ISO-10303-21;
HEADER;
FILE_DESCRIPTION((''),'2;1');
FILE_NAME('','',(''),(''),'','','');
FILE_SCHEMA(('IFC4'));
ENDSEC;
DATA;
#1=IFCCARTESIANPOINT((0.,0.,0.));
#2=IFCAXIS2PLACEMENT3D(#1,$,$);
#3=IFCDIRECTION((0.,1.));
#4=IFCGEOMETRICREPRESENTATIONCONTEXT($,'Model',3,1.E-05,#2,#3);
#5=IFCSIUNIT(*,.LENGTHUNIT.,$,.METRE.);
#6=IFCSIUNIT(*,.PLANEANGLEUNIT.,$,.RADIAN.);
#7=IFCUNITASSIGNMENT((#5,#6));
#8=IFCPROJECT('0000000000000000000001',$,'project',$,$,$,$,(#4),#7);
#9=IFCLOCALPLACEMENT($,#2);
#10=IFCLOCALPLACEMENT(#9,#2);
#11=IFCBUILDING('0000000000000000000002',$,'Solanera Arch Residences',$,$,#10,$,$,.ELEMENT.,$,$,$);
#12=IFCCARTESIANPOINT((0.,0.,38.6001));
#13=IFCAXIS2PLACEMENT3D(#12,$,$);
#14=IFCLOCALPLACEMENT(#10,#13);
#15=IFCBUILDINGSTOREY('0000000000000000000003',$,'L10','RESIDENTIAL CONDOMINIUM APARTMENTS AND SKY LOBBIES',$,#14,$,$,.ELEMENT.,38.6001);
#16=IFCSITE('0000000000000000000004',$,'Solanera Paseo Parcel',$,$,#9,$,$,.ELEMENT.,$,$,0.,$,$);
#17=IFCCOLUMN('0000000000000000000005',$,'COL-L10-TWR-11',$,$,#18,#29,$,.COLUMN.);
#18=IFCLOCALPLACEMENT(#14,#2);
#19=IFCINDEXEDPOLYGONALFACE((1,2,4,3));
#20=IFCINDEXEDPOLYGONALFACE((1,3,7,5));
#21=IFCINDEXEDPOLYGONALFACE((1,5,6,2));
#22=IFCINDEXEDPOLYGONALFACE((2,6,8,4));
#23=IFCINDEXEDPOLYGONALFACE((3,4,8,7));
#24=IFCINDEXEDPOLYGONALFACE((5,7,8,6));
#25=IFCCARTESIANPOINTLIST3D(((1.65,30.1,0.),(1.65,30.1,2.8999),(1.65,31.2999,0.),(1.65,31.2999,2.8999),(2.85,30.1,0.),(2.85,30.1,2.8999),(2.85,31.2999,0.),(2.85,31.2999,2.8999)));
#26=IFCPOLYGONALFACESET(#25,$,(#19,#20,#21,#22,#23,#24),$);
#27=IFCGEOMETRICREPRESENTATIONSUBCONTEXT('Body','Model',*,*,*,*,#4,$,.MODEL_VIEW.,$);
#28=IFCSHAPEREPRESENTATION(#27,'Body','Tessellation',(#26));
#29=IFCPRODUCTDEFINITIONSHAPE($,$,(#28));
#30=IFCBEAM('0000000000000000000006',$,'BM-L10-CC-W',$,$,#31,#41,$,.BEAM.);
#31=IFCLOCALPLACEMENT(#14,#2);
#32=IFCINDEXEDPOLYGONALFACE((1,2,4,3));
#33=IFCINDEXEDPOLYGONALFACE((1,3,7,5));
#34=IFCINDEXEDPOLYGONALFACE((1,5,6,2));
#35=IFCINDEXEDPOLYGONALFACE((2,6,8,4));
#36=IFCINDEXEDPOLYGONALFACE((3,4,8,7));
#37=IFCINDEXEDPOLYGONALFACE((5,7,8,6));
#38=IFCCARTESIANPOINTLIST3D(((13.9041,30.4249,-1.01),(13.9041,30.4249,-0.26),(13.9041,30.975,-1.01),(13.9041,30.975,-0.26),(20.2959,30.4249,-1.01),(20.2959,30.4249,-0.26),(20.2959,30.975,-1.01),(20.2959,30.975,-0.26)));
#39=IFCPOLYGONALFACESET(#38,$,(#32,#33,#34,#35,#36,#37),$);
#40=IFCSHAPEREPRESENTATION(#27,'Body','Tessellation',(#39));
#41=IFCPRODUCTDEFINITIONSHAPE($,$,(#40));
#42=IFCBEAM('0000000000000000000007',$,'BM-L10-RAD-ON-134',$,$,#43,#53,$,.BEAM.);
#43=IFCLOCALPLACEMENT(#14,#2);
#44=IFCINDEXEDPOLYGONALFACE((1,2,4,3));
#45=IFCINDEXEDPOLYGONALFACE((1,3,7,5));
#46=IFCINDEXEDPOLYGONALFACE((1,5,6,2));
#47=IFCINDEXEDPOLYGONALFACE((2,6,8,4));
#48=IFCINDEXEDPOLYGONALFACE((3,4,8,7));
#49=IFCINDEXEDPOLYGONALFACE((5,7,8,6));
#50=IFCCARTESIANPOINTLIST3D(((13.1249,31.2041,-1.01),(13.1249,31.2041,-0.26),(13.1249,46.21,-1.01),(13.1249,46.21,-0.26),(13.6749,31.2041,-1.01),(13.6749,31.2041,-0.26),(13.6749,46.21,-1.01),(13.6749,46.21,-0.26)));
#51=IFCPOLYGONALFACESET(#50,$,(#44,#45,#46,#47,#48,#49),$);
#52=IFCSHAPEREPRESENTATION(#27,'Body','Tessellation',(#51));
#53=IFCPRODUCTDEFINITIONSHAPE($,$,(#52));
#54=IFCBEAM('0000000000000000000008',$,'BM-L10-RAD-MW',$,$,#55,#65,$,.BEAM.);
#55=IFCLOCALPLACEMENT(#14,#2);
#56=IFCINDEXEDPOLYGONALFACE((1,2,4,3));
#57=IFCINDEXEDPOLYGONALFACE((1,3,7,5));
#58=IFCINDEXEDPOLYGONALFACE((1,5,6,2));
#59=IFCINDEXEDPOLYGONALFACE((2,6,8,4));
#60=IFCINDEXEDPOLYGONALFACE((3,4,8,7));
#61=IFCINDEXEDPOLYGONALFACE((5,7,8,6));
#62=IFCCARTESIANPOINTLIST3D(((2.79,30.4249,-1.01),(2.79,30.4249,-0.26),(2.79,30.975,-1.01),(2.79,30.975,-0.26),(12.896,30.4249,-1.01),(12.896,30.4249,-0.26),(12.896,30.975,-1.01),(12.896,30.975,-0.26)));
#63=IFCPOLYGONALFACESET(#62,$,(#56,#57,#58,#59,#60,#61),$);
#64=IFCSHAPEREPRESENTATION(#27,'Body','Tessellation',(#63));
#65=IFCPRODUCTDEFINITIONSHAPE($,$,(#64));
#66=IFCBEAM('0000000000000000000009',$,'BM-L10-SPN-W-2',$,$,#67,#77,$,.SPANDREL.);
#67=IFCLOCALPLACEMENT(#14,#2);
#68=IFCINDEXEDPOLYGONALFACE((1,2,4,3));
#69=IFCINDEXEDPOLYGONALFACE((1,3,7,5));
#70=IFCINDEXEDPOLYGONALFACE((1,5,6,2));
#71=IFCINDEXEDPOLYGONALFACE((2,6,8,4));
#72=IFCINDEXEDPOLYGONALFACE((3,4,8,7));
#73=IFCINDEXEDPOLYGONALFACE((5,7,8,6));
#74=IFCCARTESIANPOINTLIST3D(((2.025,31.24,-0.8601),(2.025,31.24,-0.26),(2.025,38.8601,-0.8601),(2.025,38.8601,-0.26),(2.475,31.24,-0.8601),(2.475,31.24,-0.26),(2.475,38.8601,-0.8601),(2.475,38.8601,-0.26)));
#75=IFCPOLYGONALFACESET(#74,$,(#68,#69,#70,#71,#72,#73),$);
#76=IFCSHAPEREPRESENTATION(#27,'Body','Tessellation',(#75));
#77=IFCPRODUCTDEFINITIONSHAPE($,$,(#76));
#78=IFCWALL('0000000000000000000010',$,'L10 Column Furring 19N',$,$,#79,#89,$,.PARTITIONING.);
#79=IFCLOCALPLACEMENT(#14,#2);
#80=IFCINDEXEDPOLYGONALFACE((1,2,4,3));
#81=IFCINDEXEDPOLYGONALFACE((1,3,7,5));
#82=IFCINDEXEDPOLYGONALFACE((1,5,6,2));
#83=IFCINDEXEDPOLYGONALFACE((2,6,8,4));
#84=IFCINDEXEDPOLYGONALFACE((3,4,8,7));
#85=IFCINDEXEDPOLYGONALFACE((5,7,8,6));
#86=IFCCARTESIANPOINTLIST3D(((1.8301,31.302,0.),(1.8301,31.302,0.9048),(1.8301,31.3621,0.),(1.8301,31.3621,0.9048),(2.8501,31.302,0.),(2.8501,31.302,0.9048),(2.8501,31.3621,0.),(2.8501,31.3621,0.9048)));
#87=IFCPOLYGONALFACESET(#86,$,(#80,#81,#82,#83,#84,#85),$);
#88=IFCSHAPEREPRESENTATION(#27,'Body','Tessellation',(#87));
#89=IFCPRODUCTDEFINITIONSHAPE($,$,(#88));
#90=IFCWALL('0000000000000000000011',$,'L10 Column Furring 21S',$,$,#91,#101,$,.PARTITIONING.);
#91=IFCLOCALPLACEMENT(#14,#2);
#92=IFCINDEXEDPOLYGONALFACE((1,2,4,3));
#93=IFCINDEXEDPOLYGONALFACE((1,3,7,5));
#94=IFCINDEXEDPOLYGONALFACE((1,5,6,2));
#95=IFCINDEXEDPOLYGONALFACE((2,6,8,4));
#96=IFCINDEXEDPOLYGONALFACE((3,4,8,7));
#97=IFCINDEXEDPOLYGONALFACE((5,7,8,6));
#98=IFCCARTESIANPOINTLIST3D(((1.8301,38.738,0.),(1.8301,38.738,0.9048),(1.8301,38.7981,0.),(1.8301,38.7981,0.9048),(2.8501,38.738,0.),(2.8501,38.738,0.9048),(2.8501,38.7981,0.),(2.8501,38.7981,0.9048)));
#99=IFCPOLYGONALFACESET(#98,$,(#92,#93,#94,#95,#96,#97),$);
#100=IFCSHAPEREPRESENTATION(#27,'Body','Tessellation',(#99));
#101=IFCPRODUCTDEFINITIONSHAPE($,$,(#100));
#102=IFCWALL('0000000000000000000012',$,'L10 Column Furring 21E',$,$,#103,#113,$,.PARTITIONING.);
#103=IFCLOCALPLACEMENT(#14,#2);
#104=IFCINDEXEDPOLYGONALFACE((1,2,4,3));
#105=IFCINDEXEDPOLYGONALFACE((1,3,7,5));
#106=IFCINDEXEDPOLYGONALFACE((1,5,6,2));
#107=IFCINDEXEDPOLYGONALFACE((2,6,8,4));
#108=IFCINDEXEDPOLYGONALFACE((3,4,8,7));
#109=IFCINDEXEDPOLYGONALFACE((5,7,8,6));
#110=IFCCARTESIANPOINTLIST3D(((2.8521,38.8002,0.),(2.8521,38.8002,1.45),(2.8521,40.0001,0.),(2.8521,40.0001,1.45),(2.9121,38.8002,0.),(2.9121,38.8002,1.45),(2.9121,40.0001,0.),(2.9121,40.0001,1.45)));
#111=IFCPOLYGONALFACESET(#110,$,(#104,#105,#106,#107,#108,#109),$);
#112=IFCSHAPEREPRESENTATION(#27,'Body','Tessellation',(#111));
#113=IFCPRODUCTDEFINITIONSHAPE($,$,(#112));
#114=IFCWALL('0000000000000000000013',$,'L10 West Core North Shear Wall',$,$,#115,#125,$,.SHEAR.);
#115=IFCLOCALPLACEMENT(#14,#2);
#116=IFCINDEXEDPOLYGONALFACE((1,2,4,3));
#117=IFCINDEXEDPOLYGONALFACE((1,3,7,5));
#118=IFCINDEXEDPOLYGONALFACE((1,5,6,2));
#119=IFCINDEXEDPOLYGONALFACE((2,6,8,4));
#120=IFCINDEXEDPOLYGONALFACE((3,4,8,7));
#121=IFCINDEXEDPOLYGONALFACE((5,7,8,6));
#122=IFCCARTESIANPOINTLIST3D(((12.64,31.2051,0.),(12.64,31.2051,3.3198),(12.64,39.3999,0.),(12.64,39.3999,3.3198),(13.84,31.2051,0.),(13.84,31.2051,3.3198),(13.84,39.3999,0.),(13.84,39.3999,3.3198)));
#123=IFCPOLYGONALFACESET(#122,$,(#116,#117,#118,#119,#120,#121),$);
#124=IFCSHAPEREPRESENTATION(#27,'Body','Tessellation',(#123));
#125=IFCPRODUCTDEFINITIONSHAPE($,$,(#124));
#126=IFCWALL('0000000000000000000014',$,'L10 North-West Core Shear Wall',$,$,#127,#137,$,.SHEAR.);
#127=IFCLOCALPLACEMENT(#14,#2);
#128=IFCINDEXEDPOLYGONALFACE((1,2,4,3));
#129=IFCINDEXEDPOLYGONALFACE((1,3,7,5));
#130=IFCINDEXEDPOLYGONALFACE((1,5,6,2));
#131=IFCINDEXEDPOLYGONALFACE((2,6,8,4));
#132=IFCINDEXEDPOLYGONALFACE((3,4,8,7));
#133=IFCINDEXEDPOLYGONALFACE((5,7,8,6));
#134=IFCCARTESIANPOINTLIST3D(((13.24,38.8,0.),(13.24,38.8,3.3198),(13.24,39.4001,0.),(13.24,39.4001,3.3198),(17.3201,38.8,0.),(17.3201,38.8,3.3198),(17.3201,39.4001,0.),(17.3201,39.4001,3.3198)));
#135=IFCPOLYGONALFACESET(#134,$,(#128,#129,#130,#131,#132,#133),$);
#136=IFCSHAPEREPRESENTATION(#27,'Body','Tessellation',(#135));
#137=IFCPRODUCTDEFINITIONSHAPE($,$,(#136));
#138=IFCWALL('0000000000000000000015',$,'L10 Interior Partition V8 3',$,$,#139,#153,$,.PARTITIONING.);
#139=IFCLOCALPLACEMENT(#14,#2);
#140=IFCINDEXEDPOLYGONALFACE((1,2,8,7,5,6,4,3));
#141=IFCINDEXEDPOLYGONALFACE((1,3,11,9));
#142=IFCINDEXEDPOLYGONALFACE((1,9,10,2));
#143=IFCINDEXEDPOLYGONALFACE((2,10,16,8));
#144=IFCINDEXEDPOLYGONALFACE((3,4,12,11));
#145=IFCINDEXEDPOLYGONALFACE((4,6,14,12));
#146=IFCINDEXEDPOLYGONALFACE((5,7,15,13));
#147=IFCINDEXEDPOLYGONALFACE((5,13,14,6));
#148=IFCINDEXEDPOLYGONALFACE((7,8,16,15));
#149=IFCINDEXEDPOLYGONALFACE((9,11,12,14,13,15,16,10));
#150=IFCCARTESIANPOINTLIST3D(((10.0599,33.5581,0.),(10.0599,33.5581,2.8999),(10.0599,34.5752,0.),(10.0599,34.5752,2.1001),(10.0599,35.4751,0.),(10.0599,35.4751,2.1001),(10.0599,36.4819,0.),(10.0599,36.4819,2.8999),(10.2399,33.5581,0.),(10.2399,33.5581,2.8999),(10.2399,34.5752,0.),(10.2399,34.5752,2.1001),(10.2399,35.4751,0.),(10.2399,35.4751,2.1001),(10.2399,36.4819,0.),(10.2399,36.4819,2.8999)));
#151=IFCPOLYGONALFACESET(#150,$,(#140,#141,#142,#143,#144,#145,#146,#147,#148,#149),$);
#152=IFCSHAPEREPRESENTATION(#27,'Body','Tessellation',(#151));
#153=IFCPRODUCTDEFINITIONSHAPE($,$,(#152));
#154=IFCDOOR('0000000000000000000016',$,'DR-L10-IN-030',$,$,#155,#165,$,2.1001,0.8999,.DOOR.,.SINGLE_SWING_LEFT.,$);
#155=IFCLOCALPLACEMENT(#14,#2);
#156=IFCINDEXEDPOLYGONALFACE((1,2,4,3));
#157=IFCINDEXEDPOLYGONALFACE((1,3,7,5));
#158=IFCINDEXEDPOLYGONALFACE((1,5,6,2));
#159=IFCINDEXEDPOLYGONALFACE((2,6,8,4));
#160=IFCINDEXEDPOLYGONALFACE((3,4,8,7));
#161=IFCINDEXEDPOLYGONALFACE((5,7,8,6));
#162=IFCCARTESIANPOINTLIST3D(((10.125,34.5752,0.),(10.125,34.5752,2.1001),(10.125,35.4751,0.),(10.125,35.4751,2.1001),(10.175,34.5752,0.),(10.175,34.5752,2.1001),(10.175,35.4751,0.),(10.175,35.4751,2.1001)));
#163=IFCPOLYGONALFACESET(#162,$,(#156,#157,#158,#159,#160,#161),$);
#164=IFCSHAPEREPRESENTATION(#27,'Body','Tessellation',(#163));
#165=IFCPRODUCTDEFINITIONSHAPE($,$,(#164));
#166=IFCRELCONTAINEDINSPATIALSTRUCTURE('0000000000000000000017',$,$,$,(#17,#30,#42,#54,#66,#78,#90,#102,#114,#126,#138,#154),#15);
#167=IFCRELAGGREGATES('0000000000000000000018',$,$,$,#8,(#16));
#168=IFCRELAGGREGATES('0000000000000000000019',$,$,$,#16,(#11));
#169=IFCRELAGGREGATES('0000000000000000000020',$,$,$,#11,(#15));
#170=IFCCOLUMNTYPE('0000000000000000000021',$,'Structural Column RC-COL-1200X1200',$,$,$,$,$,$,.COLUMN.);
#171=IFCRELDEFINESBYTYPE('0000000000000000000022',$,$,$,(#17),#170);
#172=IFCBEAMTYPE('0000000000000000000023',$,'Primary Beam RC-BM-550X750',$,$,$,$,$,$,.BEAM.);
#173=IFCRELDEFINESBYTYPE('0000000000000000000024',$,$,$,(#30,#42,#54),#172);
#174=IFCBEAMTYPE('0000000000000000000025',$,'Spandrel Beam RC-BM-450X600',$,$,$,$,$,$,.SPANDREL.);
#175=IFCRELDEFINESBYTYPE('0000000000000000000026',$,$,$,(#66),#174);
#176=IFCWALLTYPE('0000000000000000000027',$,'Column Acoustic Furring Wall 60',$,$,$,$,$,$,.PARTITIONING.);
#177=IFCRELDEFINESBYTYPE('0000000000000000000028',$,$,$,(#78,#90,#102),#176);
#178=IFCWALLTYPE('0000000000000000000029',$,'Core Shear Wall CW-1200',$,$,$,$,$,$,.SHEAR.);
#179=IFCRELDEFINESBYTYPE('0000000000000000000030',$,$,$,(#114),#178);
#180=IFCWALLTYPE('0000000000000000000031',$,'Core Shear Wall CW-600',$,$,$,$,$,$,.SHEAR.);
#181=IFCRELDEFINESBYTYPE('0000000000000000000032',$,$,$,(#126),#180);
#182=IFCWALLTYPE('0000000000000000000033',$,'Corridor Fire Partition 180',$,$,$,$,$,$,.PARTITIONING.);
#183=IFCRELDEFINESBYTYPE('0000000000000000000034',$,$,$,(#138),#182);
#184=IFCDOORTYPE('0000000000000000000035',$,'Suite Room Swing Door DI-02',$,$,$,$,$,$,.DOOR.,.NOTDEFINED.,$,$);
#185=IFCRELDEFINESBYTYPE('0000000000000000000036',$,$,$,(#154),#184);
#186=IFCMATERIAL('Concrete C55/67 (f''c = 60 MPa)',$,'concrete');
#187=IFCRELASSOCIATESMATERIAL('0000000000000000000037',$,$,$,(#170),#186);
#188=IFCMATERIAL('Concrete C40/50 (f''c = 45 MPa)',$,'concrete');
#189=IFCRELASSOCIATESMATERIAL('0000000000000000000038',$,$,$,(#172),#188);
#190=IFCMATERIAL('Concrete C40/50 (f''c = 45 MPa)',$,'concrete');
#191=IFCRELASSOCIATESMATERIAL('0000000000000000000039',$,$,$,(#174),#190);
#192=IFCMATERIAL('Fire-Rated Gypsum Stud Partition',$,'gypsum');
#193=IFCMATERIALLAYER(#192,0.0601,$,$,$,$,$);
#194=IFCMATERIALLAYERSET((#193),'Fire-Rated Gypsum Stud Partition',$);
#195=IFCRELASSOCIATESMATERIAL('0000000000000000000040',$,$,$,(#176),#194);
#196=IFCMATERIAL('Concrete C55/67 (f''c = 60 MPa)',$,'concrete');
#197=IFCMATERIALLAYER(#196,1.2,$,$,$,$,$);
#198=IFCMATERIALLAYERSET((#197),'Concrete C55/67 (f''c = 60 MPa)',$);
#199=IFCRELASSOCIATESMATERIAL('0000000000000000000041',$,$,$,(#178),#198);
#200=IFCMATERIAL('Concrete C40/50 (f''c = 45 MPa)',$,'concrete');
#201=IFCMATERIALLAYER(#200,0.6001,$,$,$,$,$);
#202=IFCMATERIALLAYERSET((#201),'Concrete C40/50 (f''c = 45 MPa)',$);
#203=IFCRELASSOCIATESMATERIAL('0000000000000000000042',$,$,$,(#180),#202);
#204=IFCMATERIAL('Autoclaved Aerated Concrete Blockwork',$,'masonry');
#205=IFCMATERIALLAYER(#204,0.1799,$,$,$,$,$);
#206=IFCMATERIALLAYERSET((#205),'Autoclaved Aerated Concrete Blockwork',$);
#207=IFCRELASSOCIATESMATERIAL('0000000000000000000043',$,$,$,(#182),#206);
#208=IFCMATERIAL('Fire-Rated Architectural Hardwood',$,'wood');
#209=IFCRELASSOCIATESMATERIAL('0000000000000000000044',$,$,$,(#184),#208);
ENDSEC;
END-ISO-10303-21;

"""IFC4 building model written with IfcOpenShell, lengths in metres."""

from ifc_helpers import new_model, si_unit, direction, frame, frame_2d, origin, origin_2d, place, context, subcontext, project, spatial, rectangle, extrude, material, layer, layer_set, material_profile, profile_set, type_object, element, fill, save


model = new_model("IFC4")

# Units and contexts
model_context = context("Model", 3, precision=1e-05, world=origin(), true_north=direction((0.0, 1.0)))
body_context = subcontext(model_context, "Body", "Model", "MODEL_VIEW")
ifc_project = project(units=[si_unit("LENGTHUNIT", "METRE"), si_unit("PLANEANGLEUNIT", "RADIAN")], contexts=[model_context])

# Site, building, storey
site_placement = place(None, origin())
site = spatial("IfcSite", under=ifc_project, at=site_placement, Name="Solanera Paseo Parcel", CompositionType="ELEMENT", RefElevation=0.0)
building_placement = place(site_placement, origin())
building = spatial("IfcBuilding", under=site, at=building_placement, Name="Solanera Arch Residences", CompositionType="ELEMENT")
storey_placement = place(building_placement, frame((0.0, 0.0, 38.6001)))
storey = spatial("IfcBuildingStorey", under=building, at=storey_placement, Name="L10", Description="RESIDENTIAL CONDOMINIUM APARTMENTS AND SKY LOBBIES", CompositionType="ELEMENT", Elevation=38.6001)

# Column
ifc_material_1 = material(Name="Concrete C55/67 (f'c = 60 MPa)", Category="concrete")
ifc_material_profile_1 = material_profile(ifc_material_1, rectangle(XDim=1.2, YDim=1.2, at=origin_2d()))
ifc_profile_set_1 = profile_set([ifc_material_profile_1], Name="Concrete C55/67 (f'c = 60 MPa)")
column_type = type_object("IfcColumnType", Name="Structural Column RC-COL-1200X1200", PredefinedType="COLUMN", material=ifc_profile_set_1)
column_placement = place(storey_placement, frame((2.25, 30.7, 0.0), z_axis=(0.0, 0.0, 1.0), x_axis=(1.0, 0.0, 0.0)))
element("IfcColumn", 1, at=column_placement, inside=storey, type_object=column_type, Name="COL-L10-TWR-11", PredefinedType="COLUMN", context=body_context, shape_type="SweptSolid", body=[
    extrude(rectangle(XDim=1.2, YDim=1.2, at=origin_2d()), origin(), (0.0, 0.0, 1.0), 2.8999),
])

# Beams
ifc_material_2 = material(Name="Concrete C40/50 (f'c = 45 MPa)", Category="concrete")
ifc_material_profile_2 = material_profile(ifc_material_2, rectangle(XDim=0.55, YDim=0.75, at=origin_2d()))
ifc_profile_set_2 = profile_set([ifc_material_profile_2], Name="Concrete C40/50 (f'c = 45 MPa)")
beam_type_1 = type_object("IfcBeamType", Name="Primary Beam RC-BM-550X750", PredefinedType="BEAM", material=ifc_profile_set_2)
beam_1_placement = place(storey_placement, frame((13.9041, 30.7, -0.635), z_axis=(1.0, 0.0, 0.0), x_axis=(0.0, 1.0, 0.0)))
element("IfcBeam", 2, at=beam_1_placement, inside=storey, type_object=beam_type_1, Name="BM-L10-CC-W", PredefinedType="BEAM", context=body_context, shape_type="SweptSolid", body=[
    extrude(rectangle(XDim=0.55, YDim=0.75, at=origin_2d()), origin(), (0.0, 0.0, 1.0), 6.3918),
])
beam_2_placement = place(storey_placement, frame((13.3999, 31.2041, -0.635), z_axis=(0.0, 1.0, 0.0), x_axis=(-1.0, 0.0, 0.0)))
element("IfcBeam", 3, at=beam_2_placement, inside=storey, type_object=beam_type_1, Name="BM-L10-RAD-ON-134", PredefinedType="BEAM", context=body_context, shape_type="SweptSolid", body=[
    extrude(rectangle(XDim=0.55, YDim=0.75, at=origin_2d()), origin(), (0.0, 0.0, 1.0), 15.0059),
])
beam_3_placement = place(storey_placement, frame((2.79, 30.7, -0.635), z_axis=(1.0, 0.0, 0.0), x_axis=(0.0, 1.0, 0.0)))
element("IfcBeam", 4, at=beam_3_placement, inside=storey, type_object=beam_type_1, Name="BM-L10-RAD-MW", PredefinedType="BEAM", context=body_context, shape_type="SweptSolid", body=[
    extrude(rectangle(XDim=0.55, YDim=0.75, at=origin_2d()), origin(), (0.0, 0.0, 1.0), 10.106),
])
ifc_material_3 = material(Name="Concrete C40/50 (f'c = 45 MPa)", Category="concrete")
ifc_material_profile_3 = material_profile(ifc_material_3, rectangle(XDim=0.45, YDim=0.6001, at=origin_2d()))
ifc_profile_set_3 = profile_set([ifc_material_profile_3], Name="Concrete C40/50 (f'c = 45 MPa)")
beam_type_2 = type_object("IfcBeamType", Name="Spandrel Beam RC-BM-450X600", PredefinedType="SPANDREL", material=ifc_profile_set_3)
beam_4_placement = place(storey_placement, frame((2.25, 31.24, -0.5601), z_axis=(0.0, 1.0, 0.0), x_axis=(-1.0, 0.0, 0.0)))
element("IfcBeam", 5, at=beam_4_placement, inside=storey, type_object=beam_type_2, Name="BM-L10-SPN-W-2", PredefinedType="SPANDREL", context=body_context, shape_type="SweptSolid", body=[
    extrude(rectangle(XDim=0.45, YDim=0.6001, at=origin_2d()), origin(), (0.0, 0.0, 1.0), 7.6201),
])

# Walls
ifc_material_4 = material(Name="Fire-Rated Gypsum Stud Partition", Category="gypsum")
ifc_layer_1 = layer(ifc_material_4, 0.0601)
ifc_layer_set_1 = layer_set([ifc_layer_1], Name="Fire-Rated Gypsum Stud Partition")
wall_type_1 = type_object("IfcWallType", Name="Column Acoustic Furring Wall 60", PredefinedType="PARTITIONING", material=ifc_layer_set_1)
for number, where, z_axis, x_axis, name in (
    (6, (1.8301, 31.332, 0.0), (0.0, 0.0, 1.0), (1.0, 0.0, 0.0), "L10 Column Furring 19N"),
    (7, (1.8301, 38.7681, 0.0), (0.0, 0.0, 1.0), (1.0, 0.0, 0.0), "L10 Column Furring 21S"),
):
    element("IfcWall", number, at=place(storey_placement, frame(where, z_axis=z_axis, x_axis=x_axis)), inside=storey, type_object=wall_type_1, Name=name, PredefinedType="PARTITIONING", context=body_context, shape_type="SweptSolid", body=[
        extrude(rectangle(XDim=1.02, YDim=0.0601, at=frame_2d((0.51, 0.0))), origin(), (0.0, 0.0, 1.0), 0.9048),
    ])
wall_1_placement = place(storey_placement, frame((2.8821, 38.8, 0.0), z_axis=(0.0, 0.0, 1.0), x_axis=(0.0, 1.0, 0.0)))
element("IfcWall", 8, at=wall_1_placement, inside=storey, type_object=wall_type_1, Name="L10 Column Furring 21E", PredefinedType="PARTITIONING", context=body_context, shape_type="SweptSolid", body=[
    extrude(rectangle(XDim=1.2, YDim=0.0601, at=frame_2d((0.6001, 0.0))), origin(), (0.0, 0.0, 1.0), 1.45),
])
ifc_material_5 = material(Name="Concrete C55/67 (f'c = 60 MPa)", Category="concrete")
ifc_layer_2 = layer(ifc_material_5, 1.2)
ifc_layer_set_2 = layer_set([ifc_layer_2], Name="Concrete C55/67 (f'c = 60 MPa)")
wall_type_2 = type_object("IfcWallType", Name="Core Shear Wall CW-1200", PredefinedType="SHEAR", material=ifc_layer_set_2)
wall_2_placement = place(storey_placement, frame((13.24, 31.2051, 0.0), z_axis=(0.0, 0.0, 1.0), x_axis=(0.0, 1.0, 0.0)))
element("IfcWall", 9, at=wall_2_placement, inside=storey, type_object=wall_type_2, Name="L10 West Core North Shear Wall", PredefinedType="SHEAR", context=body_context, shape_type="SweptSolid", body=[
    extrude(rectangle(XDim=8.1948, YDim=1.2, at=frame_2d((4.0974, 0.0))), origin(), (0.0, 0.0, 1.0), 3.3198),
])
ifc_material_6 = material(Name="Concrete C40/50 (f'c = 45 MPa)", Category="concrete")
ifc_layer_3 = layer(ifc_material_6, 0.6001)
ifc_layer_set_3 = layer_set([ifc_layer_3], Name="Concrete C40/50 (f'c = 45 MPa)")
wall_type_3 = type_object("IfcWallType", Name="Core Shear Wall CW-600", PredefinedType="SHEAR", material=ifc_layer_set_3)
wall_3_placement = place(storey_placement, frame((13.24, 39.1001, 0.0), z_axis=(0.0, 0.0, 1.0), x_axis=(1.0, 0.0, 0.0)))
element("IfcWall", 10, at=wall_3_placement, inside=storey, type_object=wall_type_3, Name="L10 North-West Core Shear Wall", PredefinedType="SHEAR", context=body_context, shape_type="SweptSolid", body=[
    extrude(rectangle(XDim=4.0801, YDim=0.6001, at=frame_2d((2.04, 0.0))), origin(), (0.0, 0.0, 1.0), 3.3198),
])

# Wall, opening, door
ifc_material_7 = material(Name="Autoclaved Aerated Concrete Blockwork", Category="masonry")
ifc_layer_4 = layer(ifc_material_7, 0.1799)
ifc_layer_set_4 = layer_set([ifc_layer_4], Name="Autoclaved Aerated Concrete Blockwork")
wall_type_4 = type_object("IfcWallType", Name="Corridor Fire Partition 180", PredefinedType="PARTITIONING", material=ifc_layer_set_4)
wall_4_placement = place(storey_placement, frame((10.1499, 33.5581, 0.0), z_axis=(0.0, 0.0, 1.0), x_axis=(0.0, 1.0, 0.0)))
wall_4 = element("IfcWall", 11, at=wall_4_placement, inside=storey, type_object=wall_type_4, Name="L10 Interior Partition V8 3", PredefinedType="PARTITIONING", context=body_context, shape_type="SweptSolid", body=[
    extrude(rectangle(XDim=2.9238, YDim=0.1799, at=frame_2d((1.4619, 0.0))), origin(), (0.0, 0.0, 1.0), 2.8999),
])
opening_1_placement = place(wall_4_placement, frame((1.0171, 0.0, 0.0)))
opening_1 = element("IfcOpeningElement", 12, at=opening_1_placement, cuts=wall_4, PredefinedType="OPENING", context=body_context, shape_type="SweptSolid", body=[
    extrude(rectangle(XDim=0.8999, YDim=2.1001, at=frame_2d((0.45, 1.05))), frame((0.0, 0.1001, 0.0), z_axis=(0.0, -1.0, 0.0), x_axis=(1.0, 0.0, 0.0)), (0.0, 0.0, 1.0), 0.1999),
])
ifc_material_8 = material(Name="Fire-Rated Architectural Hardwood", Category="wood")
door_type_1 = type_object("IfcDoorType", Name="Suite Room Swing Door DI-02", OperationType="NOTDEFINED", PredefinedType="DOOR", material=ifc_material_8)
door_1_placement = place(opening_1_placement, origin())
door_1 = element("IfcDoor", 13, at=door_1_placement, inside=storey, type_object=door_type_1, Name="DR-L10-IN-030", OperationType="SINGLE_SWING_LEFT", OverallHeight=2.1001, OverallWidth=0.8999, PredefinedType="DOOR", context=body_context, shape_type="SweptSolid", body=[
    extrude(rectangle(XDim=0.8999, YDim=2.1001, at=frame_2d((0.45, 1.05))), frame((0.0, 0.0249, 0.0), z_axis=(0.0, -1.0, 0.0), x_axis=(1.0, 0.0, 0.0)), (0.0, 0.0, 1.0), 0.05),
])
fill(opening_1, door_1)

save(model, "model.ifc")
